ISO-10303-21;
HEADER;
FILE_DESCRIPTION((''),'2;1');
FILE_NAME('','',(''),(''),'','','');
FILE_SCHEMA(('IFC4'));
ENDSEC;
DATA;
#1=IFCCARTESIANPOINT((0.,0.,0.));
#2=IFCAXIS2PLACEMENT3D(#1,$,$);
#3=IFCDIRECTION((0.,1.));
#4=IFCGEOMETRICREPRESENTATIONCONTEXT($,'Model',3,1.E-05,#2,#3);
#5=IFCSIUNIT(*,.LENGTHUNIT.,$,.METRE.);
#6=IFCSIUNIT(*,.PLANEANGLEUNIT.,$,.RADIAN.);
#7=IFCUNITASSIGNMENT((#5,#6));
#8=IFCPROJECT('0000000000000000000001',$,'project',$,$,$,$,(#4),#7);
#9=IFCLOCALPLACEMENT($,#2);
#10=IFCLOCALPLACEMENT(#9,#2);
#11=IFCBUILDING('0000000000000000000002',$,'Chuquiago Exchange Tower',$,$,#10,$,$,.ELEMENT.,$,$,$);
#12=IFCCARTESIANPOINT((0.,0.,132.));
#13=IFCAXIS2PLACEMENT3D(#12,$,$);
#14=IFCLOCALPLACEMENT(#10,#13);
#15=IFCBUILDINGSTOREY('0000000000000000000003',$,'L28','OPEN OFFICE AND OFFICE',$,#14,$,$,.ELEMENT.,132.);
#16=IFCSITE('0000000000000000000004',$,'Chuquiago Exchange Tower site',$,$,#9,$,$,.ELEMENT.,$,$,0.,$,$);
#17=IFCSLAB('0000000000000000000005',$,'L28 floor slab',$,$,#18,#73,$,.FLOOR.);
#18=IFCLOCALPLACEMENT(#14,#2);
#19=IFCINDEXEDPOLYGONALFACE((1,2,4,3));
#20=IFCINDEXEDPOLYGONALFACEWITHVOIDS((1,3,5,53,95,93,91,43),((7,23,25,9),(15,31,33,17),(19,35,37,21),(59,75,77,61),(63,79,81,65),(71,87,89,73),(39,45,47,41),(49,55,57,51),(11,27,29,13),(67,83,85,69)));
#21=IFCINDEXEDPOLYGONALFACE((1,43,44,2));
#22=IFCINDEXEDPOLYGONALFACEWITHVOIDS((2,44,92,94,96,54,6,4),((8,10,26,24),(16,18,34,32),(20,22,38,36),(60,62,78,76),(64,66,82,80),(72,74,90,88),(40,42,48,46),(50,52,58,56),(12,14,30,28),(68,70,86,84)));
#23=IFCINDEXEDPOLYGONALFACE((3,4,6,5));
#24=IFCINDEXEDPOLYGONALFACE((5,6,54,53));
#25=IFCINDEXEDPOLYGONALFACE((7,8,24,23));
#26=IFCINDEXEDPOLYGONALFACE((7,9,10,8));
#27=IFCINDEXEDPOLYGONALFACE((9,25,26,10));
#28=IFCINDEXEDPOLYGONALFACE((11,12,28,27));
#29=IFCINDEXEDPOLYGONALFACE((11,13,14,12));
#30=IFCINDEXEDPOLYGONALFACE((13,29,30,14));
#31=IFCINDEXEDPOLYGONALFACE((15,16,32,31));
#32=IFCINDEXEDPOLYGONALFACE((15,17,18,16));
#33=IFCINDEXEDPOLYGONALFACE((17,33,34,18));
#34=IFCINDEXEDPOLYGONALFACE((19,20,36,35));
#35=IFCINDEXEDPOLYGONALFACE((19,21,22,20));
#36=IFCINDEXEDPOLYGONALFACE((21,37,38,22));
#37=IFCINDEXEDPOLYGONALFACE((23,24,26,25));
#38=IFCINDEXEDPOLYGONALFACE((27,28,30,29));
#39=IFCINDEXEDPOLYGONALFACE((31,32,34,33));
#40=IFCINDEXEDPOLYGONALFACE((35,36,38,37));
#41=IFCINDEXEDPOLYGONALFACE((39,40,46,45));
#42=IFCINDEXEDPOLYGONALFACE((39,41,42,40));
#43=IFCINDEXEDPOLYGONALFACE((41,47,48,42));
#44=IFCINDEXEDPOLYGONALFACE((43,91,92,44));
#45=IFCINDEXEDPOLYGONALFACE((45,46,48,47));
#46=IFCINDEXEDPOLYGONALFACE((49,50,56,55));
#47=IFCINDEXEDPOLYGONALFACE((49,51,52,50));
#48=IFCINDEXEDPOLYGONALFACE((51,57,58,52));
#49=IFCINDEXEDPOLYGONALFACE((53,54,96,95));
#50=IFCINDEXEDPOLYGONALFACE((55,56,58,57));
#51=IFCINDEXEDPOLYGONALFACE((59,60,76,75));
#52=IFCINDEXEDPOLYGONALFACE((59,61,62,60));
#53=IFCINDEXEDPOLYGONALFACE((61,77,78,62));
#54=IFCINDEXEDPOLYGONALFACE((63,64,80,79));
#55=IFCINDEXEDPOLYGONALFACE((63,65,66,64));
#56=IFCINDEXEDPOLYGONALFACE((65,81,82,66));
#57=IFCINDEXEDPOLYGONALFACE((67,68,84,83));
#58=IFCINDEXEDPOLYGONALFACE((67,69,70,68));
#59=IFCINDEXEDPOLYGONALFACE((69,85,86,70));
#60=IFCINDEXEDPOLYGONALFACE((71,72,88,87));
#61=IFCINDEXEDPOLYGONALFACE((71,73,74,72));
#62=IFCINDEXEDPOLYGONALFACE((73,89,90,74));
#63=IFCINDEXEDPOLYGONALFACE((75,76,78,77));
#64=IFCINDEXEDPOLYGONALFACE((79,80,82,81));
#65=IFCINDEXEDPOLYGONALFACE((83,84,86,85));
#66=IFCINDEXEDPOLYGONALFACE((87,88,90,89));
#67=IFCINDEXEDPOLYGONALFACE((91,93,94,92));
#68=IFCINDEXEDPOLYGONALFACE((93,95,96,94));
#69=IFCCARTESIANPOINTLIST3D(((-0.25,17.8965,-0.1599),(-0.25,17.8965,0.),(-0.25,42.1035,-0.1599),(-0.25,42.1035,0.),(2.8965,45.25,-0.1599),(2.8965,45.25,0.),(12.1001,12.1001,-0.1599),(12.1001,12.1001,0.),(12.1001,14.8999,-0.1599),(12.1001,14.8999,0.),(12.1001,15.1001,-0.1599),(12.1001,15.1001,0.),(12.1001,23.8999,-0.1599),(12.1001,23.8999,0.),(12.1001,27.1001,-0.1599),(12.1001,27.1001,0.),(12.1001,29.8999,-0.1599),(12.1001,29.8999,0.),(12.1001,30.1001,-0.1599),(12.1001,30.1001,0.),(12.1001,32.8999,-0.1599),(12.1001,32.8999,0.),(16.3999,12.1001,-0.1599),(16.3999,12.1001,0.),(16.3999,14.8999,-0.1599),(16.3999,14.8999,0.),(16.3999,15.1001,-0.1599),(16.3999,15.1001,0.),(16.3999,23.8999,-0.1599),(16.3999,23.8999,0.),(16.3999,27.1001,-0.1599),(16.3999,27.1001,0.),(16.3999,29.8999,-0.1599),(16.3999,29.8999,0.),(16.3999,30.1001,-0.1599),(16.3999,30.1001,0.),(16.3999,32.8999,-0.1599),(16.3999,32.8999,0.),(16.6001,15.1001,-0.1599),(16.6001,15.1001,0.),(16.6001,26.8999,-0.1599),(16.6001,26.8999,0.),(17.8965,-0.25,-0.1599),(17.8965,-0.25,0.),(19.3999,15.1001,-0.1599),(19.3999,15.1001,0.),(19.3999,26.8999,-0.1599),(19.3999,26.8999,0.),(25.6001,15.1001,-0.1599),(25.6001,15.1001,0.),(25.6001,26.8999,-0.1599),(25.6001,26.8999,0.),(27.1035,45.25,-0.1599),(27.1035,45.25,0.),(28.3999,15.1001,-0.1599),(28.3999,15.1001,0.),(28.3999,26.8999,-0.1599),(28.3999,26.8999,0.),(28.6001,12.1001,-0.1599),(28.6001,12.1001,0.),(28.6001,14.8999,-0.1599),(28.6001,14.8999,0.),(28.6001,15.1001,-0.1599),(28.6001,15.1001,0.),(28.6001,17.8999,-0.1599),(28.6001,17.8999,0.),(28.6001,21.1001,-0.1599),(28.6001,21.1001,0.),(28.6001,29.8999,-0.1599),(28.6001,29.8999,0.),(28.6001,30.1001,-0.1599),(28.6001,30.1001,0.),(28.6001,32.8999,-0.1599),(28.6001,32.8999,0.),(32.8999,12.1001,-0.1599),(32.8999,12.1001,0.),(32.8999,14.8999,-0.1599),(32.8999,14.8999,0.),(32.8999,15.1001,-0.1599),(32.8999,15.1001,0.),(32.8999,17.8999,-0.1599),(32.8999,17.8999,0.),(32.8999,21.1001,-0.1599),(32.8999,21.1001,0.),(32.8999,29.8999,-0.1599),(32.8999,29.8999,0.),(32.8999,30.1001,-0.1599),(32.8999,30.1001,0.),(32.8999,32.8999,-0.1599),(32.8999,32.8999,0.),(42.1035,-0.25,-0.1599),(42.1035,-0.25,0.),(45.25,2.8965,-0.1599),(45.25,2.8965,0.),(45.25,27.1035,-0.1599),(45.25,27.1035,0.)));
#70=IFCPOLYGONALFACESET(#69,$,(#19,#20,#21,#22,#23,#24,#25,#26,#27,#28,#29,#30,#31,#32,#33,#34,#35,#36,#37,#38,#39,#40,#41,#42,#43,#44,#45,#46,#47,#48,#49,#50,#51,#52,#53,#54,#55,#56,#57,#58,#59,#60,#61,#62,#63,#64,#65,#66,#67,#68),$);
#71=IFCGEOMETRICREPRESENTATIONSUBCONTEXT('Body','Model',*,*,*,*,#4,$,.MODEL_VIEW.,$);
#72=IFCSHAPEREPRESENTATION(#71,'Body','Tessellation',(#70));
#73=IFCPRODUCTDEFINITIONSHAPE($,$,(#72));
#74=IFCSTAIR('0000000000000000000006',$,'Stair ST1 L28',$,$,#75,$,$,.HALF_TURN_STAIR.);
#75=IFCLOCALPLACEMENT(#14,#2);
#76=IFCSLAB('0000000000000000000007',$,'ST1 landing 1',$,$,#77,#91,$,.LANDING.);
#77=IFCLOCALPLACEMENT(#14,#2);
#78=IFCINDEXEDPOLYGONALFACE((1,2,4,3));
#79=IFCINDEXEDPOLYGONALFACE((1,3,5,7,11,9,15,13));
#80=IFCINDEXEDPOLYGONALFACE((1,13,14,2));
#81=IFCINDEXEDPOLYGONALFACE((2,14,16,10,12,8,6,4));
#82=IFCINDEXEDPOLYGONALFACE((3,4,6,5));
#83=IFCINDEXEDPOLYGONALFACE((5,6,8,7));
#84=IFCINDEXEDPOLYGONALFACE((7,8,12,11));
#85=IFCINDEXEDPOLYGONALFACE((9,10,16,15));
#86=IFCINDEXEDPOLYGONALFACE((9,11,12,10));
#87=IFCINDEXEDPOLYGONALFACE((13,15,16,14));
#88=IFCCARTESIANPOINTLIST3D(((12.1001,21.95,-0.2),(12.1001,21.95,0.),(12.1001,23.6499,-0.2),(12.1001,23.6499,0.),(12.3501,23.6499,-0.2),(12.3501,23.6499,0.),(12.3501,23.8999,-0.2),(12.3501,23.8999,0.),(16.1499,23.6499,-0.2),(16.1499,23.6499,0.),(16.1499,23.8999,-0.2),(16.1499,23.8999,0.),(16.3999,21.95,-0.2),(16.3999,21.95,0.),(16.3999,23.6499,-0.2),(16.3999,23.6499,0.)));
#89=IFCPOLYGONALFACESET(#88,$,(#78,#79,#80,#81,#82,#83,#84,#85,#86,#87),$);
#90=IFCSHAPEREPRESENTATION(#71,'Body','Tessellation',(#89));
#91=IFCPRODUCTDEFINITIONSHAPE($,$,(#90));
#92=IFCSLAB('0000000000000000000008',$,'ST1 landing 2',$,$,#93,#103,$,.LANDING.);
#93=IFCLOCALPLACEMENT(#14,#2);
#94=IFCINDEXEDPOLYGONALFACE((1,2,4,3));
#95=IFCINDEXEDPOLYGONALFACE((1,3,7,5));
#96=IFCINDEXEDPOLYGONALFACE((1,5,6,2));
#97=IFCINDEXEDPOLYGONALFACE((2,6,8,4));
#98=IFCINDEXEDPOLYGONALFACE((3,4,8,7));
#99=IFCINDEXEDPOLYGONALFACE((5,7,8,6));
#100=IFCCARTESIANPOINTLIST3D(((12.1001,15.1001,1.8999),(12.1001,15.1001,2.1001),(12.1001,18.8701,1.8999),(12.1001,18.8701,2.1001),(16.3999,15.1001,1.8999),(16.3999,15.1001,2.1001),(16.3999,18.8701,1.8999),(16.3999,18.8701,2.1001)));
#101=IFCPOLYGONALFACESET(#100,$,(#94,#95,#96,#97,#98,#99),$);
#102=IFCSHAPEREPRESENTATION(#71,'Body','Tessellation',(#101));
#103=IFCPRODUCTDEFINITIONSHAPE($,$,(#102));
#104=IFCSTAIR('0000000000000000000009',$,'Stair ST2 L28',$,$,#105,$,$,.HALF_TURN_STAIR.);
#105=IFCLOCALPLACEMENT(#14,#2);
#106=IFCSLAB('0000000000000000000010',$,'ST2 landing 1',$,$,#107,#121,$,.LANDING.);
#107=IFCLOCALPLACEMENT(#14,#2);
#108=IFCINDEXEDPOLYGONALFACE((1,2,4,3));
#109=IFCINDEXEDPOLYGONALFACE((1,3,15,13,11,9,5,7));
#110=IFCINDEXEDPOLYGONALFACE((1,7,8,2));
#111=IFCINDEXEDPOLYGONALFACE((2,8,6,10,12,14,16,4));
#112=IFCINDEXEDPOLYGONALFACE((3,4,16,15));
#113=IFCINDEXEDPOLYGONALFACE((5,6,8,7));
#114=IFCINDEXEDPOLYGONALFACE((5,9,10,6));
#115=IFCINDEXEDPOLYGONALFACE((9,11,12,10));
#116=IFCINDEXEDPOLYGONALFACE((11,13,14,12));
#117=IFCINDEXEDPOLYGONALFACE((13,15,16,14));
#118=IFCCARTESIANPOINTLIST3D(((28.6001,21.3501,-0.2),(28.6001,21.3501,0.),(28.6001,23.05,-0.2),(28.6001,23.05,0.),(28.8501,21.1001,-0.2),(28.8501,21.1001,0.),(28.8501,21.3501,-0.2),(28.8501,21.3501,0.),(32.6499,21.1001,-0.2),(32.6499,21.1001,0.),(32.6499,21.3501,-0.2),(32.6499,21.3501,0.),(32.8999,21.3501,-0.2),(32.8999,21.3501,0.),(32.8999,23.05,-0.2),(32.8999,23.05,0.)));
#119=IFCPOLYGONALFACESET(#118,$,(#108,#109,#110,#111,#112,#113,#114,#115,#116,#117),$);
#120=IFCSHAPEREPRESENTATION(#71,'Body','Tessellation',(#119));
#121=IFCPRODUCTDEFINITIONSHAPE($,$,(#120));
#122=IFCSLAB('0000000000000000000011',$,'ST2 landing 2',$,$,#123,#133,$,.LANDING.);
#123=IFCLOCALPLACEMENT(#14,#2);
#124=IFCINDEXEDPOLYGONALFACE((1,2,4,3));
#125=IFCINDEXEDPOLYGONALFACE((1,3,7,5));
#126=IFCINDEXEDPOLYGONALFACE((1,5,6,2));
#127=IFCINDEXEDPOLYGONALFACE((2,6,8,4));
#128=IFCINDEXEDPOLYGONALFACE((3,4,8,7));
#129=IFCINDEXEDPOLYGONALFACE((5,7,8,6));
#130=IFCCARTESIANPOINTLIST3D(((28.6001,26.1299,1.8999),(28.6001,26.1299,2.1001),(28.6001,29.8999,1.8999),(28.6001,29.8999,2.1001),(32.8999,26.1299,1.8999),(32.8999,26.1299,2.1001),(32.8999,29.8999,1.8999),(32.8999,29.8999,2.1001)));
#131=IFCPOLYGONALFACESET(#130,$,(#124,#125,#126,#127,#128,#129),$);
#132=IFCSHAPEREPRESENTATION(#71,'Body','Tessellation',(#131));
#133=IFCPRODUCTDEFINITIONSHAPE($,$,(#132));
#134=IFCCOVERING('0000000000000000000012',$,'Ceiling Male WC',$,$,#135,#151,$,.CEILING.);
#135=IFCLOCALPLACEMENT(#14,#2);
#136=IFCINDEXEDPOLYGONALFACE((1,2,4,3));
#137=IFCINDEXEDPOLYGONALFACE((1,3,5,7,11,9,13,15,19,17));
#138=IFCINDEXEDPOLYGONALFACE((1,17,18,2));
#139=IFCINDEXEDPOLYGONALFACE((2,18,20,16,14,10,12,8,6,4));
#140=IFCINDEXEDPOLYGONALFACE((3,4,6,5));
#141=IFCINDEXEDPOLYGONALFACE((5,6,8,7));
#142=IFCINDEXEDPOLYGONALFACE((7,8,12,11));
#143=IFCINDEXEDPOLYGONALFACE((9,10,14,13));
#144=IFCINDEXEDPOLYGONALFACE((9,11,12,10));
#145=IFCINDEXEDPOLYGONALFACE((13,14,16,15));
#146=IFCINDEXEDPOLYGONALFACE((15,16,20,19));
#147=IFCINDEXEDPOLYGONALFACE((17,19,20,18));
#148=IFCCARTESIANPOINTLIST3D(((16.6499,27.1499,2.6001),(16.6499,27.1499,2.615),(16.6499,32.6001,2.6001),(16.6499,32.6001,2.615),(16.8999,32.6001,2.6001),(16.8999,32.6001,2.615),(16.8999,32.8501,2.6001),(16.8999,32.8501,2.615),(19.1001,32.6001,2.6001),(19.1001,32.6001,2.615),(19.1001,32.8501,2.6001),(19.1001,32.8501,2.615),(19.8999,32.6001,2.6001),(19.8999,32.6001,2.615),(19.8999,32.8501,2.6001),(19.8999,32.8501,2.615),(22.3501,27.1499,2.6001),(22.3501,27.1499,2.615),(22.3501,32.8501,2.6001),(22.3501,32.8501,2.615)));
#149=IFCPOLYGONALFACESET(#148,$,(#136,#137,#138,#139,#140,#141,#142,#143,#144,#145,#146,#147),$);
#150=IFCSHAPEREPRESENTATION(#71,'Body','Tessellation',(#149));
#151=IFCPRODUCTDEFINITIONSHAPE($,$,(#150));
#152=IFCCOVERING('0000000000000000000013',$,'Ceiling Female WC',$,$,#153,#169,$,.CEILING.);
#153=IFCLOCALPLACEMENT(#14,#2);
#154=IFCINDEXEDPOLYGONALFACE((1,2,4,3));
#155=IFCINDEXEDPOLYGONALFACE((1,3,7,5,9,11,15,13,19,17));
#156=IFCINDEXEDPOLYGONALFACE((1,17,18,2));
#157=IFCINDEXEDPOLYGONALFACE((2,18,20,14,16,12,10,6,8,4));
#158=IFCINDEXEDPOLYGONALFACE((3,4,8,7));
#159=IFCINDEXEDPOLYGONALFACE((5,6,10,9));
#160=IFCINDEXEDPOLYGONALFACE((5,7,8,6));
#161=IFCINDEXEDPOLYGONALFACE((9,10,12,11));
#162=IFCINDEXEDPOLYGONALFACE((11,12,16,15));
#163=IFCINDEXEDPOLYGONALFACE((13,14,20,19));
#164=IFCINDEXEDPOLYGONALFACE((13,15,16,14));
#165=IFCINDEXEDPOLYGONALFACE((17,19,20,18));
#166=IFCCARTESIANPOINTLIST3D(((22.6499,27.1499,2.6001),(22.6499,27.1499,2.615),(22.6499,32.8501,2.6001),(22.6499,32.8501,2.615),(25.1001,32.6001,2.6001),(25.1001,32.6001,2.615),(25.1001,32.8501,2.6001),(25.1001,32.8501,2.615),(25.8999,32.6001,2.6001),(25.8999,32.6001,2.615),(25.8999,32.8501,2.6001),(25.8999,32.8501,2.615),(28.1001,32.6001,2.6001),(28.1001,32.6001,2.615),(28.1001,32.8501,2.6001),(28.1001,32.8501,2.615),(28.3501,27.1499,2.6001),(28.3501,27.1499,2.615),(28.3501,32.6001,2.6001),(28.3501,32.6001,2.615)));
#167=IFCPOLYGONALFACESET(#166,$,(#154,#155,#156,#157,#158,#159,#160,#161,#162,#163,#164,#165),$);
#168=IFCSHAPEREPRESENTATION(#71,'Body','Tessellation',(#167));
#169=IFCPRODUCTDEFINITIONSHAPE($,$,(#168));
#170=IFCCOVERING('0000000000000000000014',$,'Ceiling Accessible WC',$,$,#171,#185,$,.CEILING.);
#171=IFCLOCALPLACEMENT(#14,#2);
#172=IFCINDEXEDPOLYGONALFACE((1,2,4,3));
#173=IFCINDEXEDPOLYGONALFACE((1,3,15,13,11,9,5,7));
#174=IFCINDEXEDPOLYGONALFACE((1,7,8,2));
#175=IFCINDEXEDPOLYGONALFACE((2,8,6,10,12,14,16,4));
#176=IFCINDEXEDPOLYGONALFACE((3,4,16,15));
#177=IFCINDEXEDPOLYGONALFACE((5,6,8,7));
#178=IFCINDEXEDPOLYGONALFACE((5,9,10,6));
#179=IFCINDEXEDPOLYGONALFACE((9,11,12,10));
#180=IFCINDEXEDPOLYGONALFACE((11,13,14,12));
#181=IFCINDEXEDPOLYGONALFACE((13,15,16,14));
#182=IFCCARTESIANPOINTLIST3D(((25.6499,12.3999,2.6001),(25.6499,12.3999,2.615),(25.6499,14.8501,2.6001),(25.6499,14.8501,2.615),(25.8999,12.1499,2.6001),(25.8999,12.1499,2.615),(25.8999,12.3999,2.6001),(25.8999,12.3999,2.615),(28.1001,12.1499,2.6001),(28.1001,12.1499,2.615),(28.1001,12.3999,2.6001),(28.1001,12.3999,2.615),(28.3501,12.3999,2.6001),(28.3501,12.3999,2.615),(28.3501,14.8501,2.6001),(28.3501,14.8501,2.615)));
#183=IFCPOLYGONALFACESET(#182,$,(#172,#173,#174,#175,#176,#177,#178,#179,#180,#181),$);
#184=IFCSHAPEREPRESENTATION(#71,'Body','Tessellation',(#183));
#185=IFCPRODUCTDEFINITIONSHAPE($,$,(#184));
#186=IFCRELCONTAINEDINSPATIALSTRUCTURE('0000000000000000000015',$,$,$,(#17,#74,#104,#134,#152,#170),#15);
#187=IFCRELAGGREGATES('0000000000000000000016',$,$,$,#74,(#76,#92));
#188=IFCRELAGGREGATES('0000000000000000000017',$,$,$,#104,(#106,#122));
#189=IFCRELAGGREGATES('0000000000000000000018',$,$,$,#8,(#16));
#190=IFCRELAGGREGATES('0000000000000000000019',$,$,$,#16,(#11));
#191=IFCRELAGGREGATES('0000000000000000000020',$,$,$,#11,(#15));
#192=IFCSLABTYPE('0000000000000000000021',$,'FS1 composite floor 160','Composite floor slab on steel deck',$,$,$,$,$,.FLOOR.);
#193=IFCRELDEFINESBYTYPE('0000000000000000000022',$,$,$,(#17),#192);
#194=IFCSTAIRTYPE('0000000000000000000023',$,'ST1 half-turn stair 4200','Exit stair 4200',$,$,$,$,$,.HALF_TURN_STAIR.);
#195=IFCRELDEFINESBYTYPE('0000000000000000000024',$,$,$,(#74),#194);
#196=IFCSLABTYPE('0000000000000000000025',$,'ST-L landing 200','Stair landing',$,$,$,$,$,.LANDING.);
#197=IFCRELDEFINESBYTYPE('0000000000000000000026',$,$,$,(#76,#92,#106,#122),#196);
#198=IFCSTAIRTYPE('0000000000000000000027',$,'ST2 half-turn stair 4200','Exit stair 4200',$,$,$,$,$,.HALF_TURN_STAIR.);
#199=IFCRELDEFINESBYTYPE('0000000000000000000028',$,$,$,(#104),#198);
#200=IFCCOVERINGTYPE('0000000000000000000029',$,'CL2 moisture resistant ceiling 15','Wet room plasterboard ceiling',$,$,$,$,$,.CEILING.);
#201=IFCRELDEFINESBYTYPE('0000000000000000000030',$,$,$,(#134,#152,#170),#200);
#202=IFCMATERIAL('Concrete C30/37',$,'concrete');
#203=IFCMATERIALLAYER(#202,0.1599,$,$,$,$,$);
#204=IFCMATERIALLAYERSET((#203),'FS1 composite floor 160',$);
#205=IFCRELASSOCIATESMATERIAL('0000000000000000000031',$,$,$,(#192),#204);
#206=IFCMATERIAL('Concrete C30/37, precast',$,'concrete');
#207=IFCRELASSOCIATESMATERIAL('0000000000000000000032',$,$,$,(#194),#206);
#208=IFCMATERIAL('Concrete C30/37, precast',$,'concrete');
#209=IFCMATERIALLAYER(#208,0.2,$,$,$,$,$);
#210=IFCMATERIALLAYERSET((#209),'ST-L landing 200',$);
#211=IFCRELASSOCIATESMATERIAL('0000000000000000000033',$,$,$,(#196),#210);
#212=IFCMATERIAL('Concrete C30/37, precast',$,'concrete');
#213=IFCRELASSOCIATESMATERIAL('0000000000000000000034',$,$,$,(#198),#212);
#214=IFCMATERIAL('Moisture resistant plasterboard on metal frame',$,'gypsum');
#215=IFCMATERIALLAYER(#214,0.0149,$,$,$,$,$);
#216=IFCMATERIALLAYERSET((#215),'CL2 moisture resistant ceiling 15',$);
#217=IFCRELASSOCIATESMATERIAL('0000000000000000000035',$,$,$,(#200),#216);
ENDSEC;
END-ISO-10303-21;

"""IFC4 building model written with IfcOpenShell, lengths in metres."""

from ifc_helpers import new_model, si_unit, direction, frame, origin, place, context, subcontext, project, spatial, polyline, outline, extrude, material, layer, layer_set, type_object, element, aggregate, save


model = new_model("IFC4")

# Units and contexts
model_context = context("Model", 3, precision=1e-05, world=origin(), true_north=direction((0.0, 1.0)))
body_context = subcontext(model_context, "Body", "Model", "MODEL_VIEW")
ifc_project = project(units=[si_unit("LENGTHUNIT", "METRE"), si_unit("PLANEANGLEUNIT", "RADIAN")], contexts=[model_context])

# Site, building, storey
site_placement = place(None, origin())
site = spatial("IfcSite", under=ifc_project, at=site_placement, Name="Chuquiago Exchange Tower site", CompositionType="ELEMENT", RefElevation=0.0)
building_placement = place(site_placement, origin())
building = spatial("IfcBuilding", under=site, at=building_placement, Name="Chuquiago Exchange Tower", CompositionType="ELEMENT")
storey_placement = place(building_placement, frame((0.0, 0.0, 132.0)))
storey = spatial("IfcBuildingStorey", under=building, at=storey_placement, Name="L28", Description="OPEN OFFICE AND OFFICE", CompositionType="ELEMENT", Elevation=132.0)

# Slab
ifc_material_1 = material(Name="Concrete C30/37", Category="concrete")
ifc_layer_1 = layer(ifc_material_1, 0.1599)
ifc_layer_set_1 = layer_set([ifc_layer_1], Name="FS1 composite floor 160")
slab_type_1 = type_object("IfcSlabType", Name="FS1 composite floor 160", Description="Composite floor slab on steel deck", PredefinedType="FLOOR", material=ifc_layer_set_1)
slab_1_placement = place(storey_placement, frame((0.0, 0.0, -0.1599)))
element("IfcSlab", 1, at=slab_1_placement, inside=storey, type_object=slab_type_1, Name="L28 floor slab", PredefinedType="FLOOR", context=body_context, shape_type="SweptSolid", body=[
    extrude(outline(polyline([(17.8965, -0.25), (-0.25, 17.8965), (-0.25, 42.1035), (2.8965, 45.25), (27.1035, 45.25), (45.25, 27.1035), (45.25, 2.8965), (42.1035, -0.25), (17.8965, -0.25)]), holes=[polyline([(16.3999, 15.1001), (12.1001, 15.1001), (12.1001, 23.8999), (16.3999, 23.8999), (16.3999, 15.1001)]), polyline([(32.8999, 21.1001), (28.6001, 21.1001), (28.6001, 29.8999), (32.8999, 29.8999), (32.8999, 21.1001)]), polyline([(16.3999, 12.1001), (12.1001, 12.1001), (12.1001, 14.8999), (16.3999, 14.8999), (16.3999, 12.1001)]), polyline([(16.3999, 30.1001), (12.1001, 30.1001), (12.1001, 32.8999), (16.3999, 32.8999), (16.3999, 30.1001)]), polyline([(32.8999, 12.1001), (28.6001, 12.1001), (28.6001, 14.8999), (32.8999, 14.8999), (32.8999, 12.1001)]), polyline([(32.8999, 30.1001), (28.6001, 30.1001), (28.6001, 32.8999), (32.8999, 32.8999), (32.8999, 30.1001)]), polyline([(16.3999, 27.1001), (12.1001, 27.1001), (12.1001, 29.8999), (16.3999, 29.8999), (16.3999, 27.1001)]), polyline([(32.8999, 15.1001), (28.6001, 15.1001), (28.6001, 17.8999), (32.8999, 17.8999), (32.8999, 15.1001)]), polyline([(19.3999, 15.1001), (16.6001, 15.1001), (16.6001, 26.8999), (19.3999, 26.8999), (19.3999, 15.1001)]), polyline([(28.3999, 15.1001), (25.6001, 15.1001), (25.6001, 26.8999), (28.3999, 26.8999), (28.3999, 15.1001)])]), origin(), (0.0, 0.0, 1.0), 0.1599),
])

# Stairs, slabs
ifc_material_2 = material(Name="Concrete C30/37, precast", Category="concrete")
stair_type_1 = type_object("IfcStairType", Name="ST1 half-turn stair 4200", Description="Exit stair 4200", PredefinedType="HALF_TURN_STAIR", material=ifc_material_2)
stair_1_placement = place(storey_placement, origin())
stair_1 = element("IfcStair", 2, at=stair_1_placement, inside=storey, type_object=stair_type_1, Name="Stair ST1 L28", PredefinedType="HALF_TURN_STAIR")
ifc_material_3 = material(Name="Concrete C30/37, precast", Category="concrete")
ifc_layer_2 = layer(ifc_material_3, 0.2)
ifc_layer_set_2 = layer_set([ifc_layer_2], Name="ST-L landing 200")
slab_type_2 = type_object("IfcSlabType", Name="ST-L landing 200", Description="Stair landing", PredefinedType="LANDING", material=ifc_layer_set_2)
slab_2_placement = place(storey_placement, frame((0.0, 0.0, -0.2)))
slab_2 = element("IfcSlab", 3, at=slab_2_placement, type_object=slab_type_2, Name="ST1 landing 1", PredefinedType="LANDING", context=body_context, shape_type="SweptSolid", body=[
    extrude(outline(polyline([(12.3501, 23.8999), (16.1499, 23.8999), (16.1499, 23.6499), (16.3999, 23.6499), (16.3999, 21.95), (12.1001, 21.95), (12.1001, 23.6499), (12.3501, 23.6499), (12.3501, 23.8999)])), origin(), (0.0, 0.0, 1.0), 0.2),
])
slab_3_placement = place(storey_placement, frame((0.0, 0.0, 1.8999)))
slab_3 = element("IfcSlab", 4, at=slab_3_placement, type_object=slab_type_2, Name="ST1 landing 2", PredefinedType="LANDING", context=body_context, shape_type="SweptSolid", body=[
    extrude(outline(polyline([(12.1001, 18.8701), (16.3999, 18.8701), (16.3999, 15.1001), (12.1001, 15.1001), (12.1001, 18.8701)])), origin(), (0.0, 0.0, 1.0), 0.2002),
])
aggregate(stair_1, [slab_2, slab_3])
ifc_material_4 = material(Name="Concrete C30/37, precast", Category="concrete")
stair_type_2 = type_object("IfcStairType", Name="ST2 half-turn stair 4200", Description="Exit stair 4200", PredefinedType="HALF_TURN_STAIR", material=ifc_material_4)
stair_2_placement = place(storey_placement, origin())
stair_2 = element("IfcStair", 5, at=stair_2_placement, inside=storey, type_object=stair_type_2, Name="Stair ST2 L28", PredefinedType="HALF_TURN_STAIR")
slab_4_placement = place(storey_placement, frame((0.0, 0.0, -0.2)))
slab_4 = element("IfcSlab", 6, at=slab_4_placement, type_object=slab_type_2, Name="ST2 landing 1", PredefinedType="LANDING", context=body_context, shape_type="SweptSolid", body=[
    extrude(outline(polyline([(32.6499, 21.3501), (32.6499, 21.1001), (28.8501, 21.1001), (28.8501, 21.3501), (28.6001, 21.3501), (28.6001, 23.05), (32.8999, 23.05), (32.8999, 21.3501), (32.6499, 21.3501)])), origin(), (0.0, 0.0, 1.0), 0.2),
])
slab_5_placement = place(storey_placement, frame((0.0, 0.0, 1.8999)))
slab_5 = element("IfcSlab", 7, at=slab_5_placement, type_object=slab_type_2, Name="ST2 landing 2", PredefinedType="LANDING", context=body_context, shape_type="SweptSolid", body=[
    extrude(outline(polyline([(28.6001, 29.8999), (32.8999, 29.8999), (32.8999, 26.1299), (28.6001, 26.1299), (28.6001, 29.8999)])), origin(), (0.0, 0.0, 1.0), 0.2002),
])
aggregate(stair_2, [slab_4, slab_5])

# Coverings
ifc_material_5 = material(Name="Moisture resistant plasterboard on metal frame", Category="gypsum")
ifc_layer_3 = layer(ifc_material_5, 0.0149)
ifc_layer_set_3 = layer_set([ifc_layer_3], Name="CL2 moisture resistant ceiling 15")
covering_type_1 = type_object("IfcCoveringType", Name="CL2 moisture resistant ceiling 15", Description="Wet room plasterboard ceiling", PredefinedType="CEILING", material=ifc_layer_set_3)
covering_1_placement = place(storey_placement, frame((0.0, 0.0, 2.6001)))
element("IfcCovering", 8, at=covering_1_placement, inside=storey, type_object=covering_type_1, Name="Ceiling Male WC", PredefinedType="CEILING", context=body_context, shape_type="SweptSolid", body=[
    extrude(outline(polyline([(16.6499, 27.1499), (16.6499, 32.6001), (16.8999, 32.6001), (16.8999, 32.8501), (19.1001, 32.8501), (19.1001, 32.6001), (19.8999, 32.6001), (19.8999, 32.8501), (22.3501, 32.8501), (22.3501, 27.1499), (16.6499, 27.1499)])), origin(), (0.0, 0.0, 1.0), 0.0149),
])
covering_2_placement = place(storey_placement, frame((0.0, 0.0, 2.6001)))
element("IfcCovering", 9, at=covering_2_placement, inside=storey, type_object=covering_type_1, Name="Ceiling Female WC", PredefinedType="CEILING", context=body_context, shape_type="SweptSolid", body=[
    extrude(outline(polyline([(22.6499, 27.1499), (22.6499, 32.8501), (25.1001, 32.8501), (25.1001, 32.6001), (25.8999, 32.6001), (25.8999, 32.8501), (28.1001, 32.8501), (28.1001, 32.6001), (28.3501, 32.6001), (28.3501, 27.1499), (22.6499, 27.1499)])), origin(), (0.0, 0.0, 1.0), 0.0149),
])
covering_3_placement = place(storey_placement, frame((0.0, 0.0, 2.6001)))
element("IfcCovering", 10, at=covering_3_placement, inside=storey, type_object=covering_type_1, Name="Ceiling Accessible WC", PredefinedType="CEILING", context=body_context, shape_type="SweptSolid", body=[
    extrude(outline(polyline([(25.8999, 12.1499), (25.8999, 12.3999), (25.6499, 12.3999), (25.6499, 14.8501), (28.3501, 14.8501), (28.3501, 12.3999), (28.1001, 12.3999), (28.1001, 12.1499), (25.8999, 12.1499)])), origin(), (0.0, 0.0, 1.0), 0.0149),
])

save(model, "model.ifc")
